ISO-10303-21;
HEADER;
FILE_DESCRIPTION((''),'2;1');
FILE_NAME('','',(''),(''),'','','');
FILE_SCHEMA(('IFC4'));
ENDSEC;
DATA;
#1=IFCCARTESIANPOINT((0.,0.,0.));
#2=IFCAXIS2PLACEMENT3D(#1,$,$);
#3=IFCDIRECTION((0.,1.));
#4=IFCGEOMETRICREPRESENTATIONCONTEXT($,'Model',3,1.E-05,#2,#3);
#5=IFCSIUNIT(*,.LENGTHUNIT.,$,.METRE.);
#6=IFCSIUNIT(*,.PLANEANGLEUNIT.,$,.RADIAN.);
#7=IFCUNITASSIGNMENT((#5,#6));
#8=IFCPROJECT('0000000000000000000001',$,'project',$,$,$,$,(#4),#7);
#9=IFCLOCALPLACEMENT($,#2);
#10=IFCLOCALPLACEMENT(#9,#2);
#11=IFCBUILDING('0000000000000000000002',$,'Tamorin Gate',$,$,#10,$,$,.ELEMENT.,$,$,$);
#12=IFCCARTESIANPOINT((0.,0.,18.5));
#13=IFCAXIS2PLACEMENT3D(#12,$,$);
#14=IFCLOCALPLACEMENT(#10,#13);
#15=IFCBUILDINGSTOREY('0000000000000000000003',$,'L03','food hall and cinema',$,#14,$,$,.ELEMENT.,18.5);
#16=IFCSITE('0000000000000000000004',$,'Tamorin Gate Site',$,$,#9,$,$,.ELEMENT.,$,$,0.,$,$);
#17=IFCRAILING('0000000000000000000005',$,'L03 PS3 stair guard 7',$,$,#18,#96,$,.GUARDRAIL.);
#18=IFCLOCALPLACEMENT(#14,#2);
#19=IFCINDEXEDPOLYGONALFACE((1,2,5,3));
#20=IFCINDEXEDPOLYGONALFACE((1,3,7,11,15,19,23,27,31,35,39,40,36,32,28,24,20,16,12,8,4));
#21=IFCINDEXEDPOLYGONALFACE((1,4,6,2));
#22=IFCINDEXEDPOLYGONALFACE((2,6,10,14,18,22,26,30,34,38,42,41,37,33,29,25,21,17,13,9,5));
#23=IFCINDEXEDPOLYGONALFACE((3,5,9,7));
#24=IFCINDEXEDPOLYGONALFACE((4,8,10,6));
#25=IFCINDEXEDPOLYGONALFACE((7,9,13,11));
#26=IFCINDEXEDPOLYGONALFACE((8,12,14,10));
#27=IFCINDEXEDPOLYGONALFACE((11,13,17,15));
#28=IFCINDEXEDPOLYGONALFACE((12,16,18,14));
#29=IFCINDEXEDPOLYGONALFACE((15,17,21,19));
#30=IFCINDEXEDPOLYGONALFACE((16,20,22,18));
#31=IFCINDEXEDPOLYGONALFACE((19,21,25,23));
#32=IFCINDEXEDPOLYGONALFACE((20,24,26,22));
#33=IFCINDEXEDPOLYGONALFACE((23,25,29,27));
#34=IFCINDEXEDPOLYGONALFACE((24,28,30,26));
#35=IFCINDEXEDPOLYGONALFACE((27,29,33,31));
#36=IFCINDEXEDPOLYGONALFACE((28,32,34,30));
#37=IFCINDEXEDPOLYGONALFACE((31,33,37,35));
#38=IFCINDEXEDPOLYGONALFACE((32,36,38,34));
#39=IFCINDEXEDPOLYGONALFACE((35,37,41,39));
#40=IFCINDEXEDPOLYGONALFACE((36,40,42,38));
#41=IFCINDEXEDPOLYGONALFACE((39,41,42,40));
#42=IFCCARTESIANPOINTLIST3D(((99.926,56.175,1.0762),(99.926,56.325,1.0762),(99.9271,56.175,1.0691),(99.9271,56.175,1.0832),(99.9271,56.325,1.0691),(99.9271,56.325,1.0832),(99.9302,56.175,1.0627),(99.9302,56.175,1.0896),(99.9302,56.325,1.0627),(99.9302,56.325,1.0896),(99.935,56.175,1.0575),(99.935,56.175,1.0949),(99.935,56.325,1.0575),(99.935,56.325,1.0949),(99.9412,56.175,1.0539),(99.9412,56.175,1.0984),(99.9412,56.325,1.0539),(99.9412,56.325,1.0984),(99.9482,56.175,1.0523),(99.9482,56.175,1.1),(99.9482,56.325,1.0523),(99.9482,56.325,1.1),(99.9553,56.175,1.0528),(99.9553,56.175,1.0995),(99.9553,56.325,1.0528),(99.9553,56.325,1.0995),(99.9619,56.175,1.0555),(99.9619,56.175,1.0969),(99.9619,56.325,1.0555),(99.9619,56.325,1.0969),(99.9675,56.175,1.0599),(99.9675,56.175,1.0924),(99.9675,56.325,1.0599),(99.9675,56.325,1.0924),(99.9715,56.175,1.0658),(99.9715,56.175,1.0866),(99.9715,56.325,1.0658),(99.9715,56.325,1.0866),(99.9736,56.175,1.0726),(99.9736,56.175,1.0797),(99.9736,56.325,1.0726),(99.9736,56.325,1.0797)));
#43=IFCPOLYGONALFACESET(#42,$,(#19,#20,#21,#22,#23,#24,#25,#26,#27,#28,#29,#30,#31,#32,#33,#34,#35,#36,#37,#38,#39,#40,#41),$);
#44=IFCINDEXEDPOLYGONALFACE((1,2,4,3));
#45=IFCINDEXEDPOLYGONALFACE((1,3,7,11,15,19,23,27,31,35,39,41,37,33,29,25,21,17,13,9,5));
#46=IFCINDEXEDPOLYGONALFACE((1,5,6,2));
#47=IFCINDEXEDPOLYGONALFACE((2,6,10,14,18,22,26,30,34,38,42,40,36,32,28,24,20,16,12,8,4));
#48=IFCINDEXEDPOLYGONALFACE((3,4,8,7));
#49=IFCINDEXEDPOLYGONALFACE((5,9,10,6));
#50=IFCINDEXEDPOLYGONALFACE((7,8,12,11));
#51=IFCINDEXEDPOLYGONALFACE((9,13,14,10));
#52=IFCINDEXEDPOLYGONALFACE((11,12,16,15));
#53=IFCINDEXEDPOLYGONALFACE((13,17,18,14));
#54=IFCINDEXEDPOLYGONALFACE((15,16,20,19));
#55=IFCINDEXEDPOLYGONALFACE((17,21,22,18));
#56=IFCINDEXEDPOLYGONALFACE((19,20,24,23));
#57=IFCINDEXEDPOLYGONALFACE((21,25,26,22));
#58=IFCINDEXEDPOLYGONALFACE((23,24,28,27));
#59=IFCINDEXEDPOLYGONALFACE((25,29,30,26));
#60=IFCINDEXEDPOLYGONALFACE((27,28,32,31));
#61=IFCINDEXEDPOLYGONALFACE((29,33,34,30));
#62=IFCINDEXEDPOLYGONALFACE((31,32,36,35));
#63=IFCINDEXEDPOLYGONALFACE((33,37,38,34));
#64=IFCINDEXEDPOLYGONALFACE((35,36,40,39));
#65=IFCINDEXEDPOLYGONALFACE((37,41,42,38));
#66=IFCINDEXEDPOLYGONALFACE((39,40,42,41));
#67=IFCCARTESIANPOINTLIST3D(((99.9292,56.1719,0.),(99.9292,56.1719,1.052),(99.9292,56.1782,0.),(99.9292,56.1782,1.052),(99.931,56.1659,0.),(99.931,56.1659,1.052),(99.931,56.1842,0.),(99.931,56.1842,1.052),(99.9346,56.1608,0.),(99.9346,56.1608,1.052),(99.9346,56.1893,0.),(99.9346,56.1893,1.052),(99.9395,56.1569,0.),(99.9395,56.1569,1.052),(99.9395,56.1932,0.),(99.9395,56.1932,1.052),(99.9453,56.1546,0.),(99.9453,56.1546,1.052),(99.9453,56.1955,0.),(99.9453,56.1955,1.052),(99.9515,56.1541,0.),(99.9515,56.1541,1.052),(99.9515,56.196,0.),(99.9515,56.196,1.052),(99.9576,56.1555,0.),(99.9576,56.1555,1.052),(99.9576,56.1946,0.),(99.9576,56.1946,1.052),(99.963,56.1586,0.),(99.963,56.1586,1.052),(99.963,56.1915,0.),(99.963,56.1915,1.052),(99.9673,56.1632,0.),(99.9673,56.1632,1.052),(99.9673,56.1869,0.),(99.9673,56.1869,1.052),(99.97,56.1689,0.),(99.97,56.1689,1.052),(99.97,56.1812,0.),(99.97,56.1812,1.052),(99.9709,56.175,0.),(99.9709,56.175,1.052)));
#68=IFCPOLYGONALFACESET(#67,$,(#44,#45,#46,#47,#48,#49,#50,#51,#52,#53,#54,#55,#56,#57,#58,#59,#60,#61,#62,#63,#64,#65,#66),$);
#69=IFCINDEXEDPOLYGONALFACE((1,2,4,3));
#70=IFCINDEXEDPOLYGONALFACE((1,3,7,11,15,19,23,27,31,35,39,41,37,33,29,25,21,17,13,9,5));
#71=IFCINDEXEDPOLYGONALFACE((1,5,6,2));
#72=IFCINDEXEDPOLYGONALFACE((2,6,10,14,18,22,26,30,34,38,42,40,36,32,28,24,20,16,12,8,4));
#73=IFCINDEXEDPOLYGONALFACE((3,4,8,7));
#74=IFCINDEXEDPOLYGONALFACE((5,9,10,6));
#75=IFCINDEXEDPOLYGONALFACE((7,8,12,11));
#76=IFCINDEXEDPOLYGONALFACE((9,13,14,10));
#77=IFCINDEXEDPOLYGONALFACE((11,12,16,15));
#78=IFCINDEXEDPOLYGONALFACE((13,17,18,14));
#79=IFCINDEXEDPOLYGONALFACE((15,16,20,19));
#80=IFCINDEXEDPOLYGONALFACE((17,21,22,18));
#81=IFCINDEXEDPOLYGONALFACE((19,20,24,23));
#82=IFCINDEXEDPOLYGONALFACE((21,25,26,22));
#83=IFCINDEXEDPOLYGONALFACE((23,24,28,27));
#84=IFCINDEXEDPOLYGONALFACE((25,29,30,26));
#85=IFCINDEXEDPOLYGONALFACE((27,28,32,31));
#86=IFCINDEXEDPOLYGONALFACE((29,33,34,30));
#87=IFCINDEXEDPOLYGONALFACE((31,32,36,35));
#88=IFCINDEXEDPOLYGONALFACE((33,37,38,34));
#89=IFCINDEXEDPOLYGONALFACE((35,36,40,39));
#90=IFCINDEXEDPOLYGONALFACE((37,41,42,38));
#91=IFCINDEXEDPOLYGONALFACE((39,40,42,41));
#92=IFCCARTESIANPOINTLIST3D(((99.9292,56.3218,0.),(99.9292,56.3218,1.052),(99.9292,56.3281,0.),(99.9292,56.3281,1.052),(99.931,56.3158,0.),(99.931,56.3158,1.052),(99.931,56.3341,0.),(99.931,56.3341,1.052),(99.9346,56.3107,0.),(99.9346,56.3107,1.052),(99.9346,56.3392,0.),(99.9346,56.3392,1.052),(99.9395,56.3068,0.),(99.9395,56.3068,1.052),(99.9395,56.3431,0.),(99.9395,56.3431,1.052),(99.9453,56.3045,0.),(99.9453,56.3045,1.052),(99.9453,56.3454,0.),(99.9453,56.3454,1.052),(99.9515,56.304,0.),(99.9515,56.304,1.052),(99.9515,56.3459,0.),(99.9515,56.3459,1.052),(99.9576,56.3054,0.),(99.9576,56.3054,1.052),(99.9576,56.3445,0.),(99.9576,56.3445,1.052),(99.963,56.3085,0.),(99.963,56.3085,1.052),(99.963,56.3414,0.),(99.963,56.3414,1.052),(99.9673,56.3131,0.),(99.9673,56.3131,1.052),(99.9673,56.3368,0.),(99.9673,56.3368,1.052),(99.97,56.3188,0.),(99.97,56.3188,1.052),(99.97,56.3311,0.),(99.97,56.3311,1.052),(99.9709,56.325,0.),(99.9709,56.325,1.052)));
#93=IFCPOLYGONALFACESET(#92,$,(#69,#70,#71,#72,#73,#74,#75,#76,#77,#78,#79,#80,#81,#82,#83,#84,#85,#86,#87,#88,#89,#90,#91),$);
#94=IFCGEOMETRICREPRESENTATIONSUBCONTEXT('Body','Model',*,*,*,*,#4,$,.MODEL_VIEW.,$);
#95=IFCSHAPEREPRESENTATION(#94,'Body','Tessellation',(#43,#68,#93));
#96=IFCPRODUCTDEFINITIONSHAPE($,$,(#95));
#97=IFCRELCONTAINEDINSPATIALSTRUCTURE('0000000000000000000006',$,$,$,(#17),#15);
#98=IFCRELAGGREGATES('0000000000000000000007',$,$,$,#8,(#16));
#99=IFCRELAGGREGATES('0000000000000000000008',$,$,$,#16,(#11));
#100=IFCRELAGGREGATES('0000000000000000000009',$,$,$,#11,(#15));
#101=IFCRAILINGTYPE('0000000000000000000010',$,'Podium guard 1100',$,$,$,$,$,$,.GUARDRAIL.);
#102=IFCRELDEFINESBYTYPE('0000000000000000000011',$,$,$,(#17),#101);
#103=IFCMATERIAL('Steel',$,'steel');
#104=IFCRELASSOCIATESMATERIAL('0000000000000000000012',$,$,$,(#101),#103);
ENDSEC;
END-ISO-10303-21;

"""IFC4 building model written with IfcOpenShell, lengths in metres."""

from ifc_helpers import new_model, si_unit, direction, frame, origin, origin_2d, place, context, subcontext, project, spatial, circle, extrude, material, type_object, element, save


model = new_model("IFC4")

# Units and contexts
model_context = context("Model", 3, precision=1e-05, world=origin(), true_north=direction((0.0, 1.0)))
body_context = subcontext(model_context, "Body", "Model", "MODEL_VIEW")
ifc_project = project(units=[si_unit("LENGTHUNIT", "METRE"), si_unit("PLANEANGLEUNIT", "RADIAN")], contexts=[model_context])

# Site, building, storey
site_placement = place(None, origin())
site = spatial("IfcSite", under=ifc_project, at=site_placement, Name="Tamorin Gate Site", CompositionType="ELEMENT", RefElevation=0.0)
building_placement = place(site_placement, origin())
building = spatial("IfcBuilding", under=site, at=building_placement, Name="Tamorin Gate", CompositionType="ELEMENT")
storey_placement = place(building_placement, frame((0.0, 0.0, 18.5)))
storey = spatial("IfcBuildingStorey", under=building, at=storey_placement, Name="L03", Description="food hall and cinema", CompositionType="ELEMENT", Elevation=18.5)

# Railing
ifc_material_1 = material(Name="Steel", Category="steel")
railing_type_1 = type_object("IfcRailingType", Name="Podium guard 1100", PredefinedType="GUARDRAIL", material=ifc_material_1)
railing_1_placement = place(storey_placement, frame((99.95, 56.175, 0.0)))
element("IfcRailing", 1, at=railing_1_placement, inside=storey, type_object=railing_type_1, Name="L03 PS3 stair guard 7", PredefinedType="GUARDRAIL", context=body_context, shape_type="SweptSolid", body=[
    extrude(circle(Radius=0.0239, at=origin_2d()), frame((0.0, 0.0, 1.0762), z_axis=(0.0, 1.0, 0.0), x_axis=(-1.0, 0.0, 0.0)), (0.0, 0.0, 1.0), 0.1499),
    extrude(circle(Radius=0.021, at=origin_2d()), origin(), (0.0, 0.0, 1.0), 1.052),
    extrude(circle(Radius=0.021, at=origin_2d()), frame((0.0, 0.1499, 0.0)), (0.0, 0.0, 1.0), 1.052),
])

save(model, "model.ifc")
